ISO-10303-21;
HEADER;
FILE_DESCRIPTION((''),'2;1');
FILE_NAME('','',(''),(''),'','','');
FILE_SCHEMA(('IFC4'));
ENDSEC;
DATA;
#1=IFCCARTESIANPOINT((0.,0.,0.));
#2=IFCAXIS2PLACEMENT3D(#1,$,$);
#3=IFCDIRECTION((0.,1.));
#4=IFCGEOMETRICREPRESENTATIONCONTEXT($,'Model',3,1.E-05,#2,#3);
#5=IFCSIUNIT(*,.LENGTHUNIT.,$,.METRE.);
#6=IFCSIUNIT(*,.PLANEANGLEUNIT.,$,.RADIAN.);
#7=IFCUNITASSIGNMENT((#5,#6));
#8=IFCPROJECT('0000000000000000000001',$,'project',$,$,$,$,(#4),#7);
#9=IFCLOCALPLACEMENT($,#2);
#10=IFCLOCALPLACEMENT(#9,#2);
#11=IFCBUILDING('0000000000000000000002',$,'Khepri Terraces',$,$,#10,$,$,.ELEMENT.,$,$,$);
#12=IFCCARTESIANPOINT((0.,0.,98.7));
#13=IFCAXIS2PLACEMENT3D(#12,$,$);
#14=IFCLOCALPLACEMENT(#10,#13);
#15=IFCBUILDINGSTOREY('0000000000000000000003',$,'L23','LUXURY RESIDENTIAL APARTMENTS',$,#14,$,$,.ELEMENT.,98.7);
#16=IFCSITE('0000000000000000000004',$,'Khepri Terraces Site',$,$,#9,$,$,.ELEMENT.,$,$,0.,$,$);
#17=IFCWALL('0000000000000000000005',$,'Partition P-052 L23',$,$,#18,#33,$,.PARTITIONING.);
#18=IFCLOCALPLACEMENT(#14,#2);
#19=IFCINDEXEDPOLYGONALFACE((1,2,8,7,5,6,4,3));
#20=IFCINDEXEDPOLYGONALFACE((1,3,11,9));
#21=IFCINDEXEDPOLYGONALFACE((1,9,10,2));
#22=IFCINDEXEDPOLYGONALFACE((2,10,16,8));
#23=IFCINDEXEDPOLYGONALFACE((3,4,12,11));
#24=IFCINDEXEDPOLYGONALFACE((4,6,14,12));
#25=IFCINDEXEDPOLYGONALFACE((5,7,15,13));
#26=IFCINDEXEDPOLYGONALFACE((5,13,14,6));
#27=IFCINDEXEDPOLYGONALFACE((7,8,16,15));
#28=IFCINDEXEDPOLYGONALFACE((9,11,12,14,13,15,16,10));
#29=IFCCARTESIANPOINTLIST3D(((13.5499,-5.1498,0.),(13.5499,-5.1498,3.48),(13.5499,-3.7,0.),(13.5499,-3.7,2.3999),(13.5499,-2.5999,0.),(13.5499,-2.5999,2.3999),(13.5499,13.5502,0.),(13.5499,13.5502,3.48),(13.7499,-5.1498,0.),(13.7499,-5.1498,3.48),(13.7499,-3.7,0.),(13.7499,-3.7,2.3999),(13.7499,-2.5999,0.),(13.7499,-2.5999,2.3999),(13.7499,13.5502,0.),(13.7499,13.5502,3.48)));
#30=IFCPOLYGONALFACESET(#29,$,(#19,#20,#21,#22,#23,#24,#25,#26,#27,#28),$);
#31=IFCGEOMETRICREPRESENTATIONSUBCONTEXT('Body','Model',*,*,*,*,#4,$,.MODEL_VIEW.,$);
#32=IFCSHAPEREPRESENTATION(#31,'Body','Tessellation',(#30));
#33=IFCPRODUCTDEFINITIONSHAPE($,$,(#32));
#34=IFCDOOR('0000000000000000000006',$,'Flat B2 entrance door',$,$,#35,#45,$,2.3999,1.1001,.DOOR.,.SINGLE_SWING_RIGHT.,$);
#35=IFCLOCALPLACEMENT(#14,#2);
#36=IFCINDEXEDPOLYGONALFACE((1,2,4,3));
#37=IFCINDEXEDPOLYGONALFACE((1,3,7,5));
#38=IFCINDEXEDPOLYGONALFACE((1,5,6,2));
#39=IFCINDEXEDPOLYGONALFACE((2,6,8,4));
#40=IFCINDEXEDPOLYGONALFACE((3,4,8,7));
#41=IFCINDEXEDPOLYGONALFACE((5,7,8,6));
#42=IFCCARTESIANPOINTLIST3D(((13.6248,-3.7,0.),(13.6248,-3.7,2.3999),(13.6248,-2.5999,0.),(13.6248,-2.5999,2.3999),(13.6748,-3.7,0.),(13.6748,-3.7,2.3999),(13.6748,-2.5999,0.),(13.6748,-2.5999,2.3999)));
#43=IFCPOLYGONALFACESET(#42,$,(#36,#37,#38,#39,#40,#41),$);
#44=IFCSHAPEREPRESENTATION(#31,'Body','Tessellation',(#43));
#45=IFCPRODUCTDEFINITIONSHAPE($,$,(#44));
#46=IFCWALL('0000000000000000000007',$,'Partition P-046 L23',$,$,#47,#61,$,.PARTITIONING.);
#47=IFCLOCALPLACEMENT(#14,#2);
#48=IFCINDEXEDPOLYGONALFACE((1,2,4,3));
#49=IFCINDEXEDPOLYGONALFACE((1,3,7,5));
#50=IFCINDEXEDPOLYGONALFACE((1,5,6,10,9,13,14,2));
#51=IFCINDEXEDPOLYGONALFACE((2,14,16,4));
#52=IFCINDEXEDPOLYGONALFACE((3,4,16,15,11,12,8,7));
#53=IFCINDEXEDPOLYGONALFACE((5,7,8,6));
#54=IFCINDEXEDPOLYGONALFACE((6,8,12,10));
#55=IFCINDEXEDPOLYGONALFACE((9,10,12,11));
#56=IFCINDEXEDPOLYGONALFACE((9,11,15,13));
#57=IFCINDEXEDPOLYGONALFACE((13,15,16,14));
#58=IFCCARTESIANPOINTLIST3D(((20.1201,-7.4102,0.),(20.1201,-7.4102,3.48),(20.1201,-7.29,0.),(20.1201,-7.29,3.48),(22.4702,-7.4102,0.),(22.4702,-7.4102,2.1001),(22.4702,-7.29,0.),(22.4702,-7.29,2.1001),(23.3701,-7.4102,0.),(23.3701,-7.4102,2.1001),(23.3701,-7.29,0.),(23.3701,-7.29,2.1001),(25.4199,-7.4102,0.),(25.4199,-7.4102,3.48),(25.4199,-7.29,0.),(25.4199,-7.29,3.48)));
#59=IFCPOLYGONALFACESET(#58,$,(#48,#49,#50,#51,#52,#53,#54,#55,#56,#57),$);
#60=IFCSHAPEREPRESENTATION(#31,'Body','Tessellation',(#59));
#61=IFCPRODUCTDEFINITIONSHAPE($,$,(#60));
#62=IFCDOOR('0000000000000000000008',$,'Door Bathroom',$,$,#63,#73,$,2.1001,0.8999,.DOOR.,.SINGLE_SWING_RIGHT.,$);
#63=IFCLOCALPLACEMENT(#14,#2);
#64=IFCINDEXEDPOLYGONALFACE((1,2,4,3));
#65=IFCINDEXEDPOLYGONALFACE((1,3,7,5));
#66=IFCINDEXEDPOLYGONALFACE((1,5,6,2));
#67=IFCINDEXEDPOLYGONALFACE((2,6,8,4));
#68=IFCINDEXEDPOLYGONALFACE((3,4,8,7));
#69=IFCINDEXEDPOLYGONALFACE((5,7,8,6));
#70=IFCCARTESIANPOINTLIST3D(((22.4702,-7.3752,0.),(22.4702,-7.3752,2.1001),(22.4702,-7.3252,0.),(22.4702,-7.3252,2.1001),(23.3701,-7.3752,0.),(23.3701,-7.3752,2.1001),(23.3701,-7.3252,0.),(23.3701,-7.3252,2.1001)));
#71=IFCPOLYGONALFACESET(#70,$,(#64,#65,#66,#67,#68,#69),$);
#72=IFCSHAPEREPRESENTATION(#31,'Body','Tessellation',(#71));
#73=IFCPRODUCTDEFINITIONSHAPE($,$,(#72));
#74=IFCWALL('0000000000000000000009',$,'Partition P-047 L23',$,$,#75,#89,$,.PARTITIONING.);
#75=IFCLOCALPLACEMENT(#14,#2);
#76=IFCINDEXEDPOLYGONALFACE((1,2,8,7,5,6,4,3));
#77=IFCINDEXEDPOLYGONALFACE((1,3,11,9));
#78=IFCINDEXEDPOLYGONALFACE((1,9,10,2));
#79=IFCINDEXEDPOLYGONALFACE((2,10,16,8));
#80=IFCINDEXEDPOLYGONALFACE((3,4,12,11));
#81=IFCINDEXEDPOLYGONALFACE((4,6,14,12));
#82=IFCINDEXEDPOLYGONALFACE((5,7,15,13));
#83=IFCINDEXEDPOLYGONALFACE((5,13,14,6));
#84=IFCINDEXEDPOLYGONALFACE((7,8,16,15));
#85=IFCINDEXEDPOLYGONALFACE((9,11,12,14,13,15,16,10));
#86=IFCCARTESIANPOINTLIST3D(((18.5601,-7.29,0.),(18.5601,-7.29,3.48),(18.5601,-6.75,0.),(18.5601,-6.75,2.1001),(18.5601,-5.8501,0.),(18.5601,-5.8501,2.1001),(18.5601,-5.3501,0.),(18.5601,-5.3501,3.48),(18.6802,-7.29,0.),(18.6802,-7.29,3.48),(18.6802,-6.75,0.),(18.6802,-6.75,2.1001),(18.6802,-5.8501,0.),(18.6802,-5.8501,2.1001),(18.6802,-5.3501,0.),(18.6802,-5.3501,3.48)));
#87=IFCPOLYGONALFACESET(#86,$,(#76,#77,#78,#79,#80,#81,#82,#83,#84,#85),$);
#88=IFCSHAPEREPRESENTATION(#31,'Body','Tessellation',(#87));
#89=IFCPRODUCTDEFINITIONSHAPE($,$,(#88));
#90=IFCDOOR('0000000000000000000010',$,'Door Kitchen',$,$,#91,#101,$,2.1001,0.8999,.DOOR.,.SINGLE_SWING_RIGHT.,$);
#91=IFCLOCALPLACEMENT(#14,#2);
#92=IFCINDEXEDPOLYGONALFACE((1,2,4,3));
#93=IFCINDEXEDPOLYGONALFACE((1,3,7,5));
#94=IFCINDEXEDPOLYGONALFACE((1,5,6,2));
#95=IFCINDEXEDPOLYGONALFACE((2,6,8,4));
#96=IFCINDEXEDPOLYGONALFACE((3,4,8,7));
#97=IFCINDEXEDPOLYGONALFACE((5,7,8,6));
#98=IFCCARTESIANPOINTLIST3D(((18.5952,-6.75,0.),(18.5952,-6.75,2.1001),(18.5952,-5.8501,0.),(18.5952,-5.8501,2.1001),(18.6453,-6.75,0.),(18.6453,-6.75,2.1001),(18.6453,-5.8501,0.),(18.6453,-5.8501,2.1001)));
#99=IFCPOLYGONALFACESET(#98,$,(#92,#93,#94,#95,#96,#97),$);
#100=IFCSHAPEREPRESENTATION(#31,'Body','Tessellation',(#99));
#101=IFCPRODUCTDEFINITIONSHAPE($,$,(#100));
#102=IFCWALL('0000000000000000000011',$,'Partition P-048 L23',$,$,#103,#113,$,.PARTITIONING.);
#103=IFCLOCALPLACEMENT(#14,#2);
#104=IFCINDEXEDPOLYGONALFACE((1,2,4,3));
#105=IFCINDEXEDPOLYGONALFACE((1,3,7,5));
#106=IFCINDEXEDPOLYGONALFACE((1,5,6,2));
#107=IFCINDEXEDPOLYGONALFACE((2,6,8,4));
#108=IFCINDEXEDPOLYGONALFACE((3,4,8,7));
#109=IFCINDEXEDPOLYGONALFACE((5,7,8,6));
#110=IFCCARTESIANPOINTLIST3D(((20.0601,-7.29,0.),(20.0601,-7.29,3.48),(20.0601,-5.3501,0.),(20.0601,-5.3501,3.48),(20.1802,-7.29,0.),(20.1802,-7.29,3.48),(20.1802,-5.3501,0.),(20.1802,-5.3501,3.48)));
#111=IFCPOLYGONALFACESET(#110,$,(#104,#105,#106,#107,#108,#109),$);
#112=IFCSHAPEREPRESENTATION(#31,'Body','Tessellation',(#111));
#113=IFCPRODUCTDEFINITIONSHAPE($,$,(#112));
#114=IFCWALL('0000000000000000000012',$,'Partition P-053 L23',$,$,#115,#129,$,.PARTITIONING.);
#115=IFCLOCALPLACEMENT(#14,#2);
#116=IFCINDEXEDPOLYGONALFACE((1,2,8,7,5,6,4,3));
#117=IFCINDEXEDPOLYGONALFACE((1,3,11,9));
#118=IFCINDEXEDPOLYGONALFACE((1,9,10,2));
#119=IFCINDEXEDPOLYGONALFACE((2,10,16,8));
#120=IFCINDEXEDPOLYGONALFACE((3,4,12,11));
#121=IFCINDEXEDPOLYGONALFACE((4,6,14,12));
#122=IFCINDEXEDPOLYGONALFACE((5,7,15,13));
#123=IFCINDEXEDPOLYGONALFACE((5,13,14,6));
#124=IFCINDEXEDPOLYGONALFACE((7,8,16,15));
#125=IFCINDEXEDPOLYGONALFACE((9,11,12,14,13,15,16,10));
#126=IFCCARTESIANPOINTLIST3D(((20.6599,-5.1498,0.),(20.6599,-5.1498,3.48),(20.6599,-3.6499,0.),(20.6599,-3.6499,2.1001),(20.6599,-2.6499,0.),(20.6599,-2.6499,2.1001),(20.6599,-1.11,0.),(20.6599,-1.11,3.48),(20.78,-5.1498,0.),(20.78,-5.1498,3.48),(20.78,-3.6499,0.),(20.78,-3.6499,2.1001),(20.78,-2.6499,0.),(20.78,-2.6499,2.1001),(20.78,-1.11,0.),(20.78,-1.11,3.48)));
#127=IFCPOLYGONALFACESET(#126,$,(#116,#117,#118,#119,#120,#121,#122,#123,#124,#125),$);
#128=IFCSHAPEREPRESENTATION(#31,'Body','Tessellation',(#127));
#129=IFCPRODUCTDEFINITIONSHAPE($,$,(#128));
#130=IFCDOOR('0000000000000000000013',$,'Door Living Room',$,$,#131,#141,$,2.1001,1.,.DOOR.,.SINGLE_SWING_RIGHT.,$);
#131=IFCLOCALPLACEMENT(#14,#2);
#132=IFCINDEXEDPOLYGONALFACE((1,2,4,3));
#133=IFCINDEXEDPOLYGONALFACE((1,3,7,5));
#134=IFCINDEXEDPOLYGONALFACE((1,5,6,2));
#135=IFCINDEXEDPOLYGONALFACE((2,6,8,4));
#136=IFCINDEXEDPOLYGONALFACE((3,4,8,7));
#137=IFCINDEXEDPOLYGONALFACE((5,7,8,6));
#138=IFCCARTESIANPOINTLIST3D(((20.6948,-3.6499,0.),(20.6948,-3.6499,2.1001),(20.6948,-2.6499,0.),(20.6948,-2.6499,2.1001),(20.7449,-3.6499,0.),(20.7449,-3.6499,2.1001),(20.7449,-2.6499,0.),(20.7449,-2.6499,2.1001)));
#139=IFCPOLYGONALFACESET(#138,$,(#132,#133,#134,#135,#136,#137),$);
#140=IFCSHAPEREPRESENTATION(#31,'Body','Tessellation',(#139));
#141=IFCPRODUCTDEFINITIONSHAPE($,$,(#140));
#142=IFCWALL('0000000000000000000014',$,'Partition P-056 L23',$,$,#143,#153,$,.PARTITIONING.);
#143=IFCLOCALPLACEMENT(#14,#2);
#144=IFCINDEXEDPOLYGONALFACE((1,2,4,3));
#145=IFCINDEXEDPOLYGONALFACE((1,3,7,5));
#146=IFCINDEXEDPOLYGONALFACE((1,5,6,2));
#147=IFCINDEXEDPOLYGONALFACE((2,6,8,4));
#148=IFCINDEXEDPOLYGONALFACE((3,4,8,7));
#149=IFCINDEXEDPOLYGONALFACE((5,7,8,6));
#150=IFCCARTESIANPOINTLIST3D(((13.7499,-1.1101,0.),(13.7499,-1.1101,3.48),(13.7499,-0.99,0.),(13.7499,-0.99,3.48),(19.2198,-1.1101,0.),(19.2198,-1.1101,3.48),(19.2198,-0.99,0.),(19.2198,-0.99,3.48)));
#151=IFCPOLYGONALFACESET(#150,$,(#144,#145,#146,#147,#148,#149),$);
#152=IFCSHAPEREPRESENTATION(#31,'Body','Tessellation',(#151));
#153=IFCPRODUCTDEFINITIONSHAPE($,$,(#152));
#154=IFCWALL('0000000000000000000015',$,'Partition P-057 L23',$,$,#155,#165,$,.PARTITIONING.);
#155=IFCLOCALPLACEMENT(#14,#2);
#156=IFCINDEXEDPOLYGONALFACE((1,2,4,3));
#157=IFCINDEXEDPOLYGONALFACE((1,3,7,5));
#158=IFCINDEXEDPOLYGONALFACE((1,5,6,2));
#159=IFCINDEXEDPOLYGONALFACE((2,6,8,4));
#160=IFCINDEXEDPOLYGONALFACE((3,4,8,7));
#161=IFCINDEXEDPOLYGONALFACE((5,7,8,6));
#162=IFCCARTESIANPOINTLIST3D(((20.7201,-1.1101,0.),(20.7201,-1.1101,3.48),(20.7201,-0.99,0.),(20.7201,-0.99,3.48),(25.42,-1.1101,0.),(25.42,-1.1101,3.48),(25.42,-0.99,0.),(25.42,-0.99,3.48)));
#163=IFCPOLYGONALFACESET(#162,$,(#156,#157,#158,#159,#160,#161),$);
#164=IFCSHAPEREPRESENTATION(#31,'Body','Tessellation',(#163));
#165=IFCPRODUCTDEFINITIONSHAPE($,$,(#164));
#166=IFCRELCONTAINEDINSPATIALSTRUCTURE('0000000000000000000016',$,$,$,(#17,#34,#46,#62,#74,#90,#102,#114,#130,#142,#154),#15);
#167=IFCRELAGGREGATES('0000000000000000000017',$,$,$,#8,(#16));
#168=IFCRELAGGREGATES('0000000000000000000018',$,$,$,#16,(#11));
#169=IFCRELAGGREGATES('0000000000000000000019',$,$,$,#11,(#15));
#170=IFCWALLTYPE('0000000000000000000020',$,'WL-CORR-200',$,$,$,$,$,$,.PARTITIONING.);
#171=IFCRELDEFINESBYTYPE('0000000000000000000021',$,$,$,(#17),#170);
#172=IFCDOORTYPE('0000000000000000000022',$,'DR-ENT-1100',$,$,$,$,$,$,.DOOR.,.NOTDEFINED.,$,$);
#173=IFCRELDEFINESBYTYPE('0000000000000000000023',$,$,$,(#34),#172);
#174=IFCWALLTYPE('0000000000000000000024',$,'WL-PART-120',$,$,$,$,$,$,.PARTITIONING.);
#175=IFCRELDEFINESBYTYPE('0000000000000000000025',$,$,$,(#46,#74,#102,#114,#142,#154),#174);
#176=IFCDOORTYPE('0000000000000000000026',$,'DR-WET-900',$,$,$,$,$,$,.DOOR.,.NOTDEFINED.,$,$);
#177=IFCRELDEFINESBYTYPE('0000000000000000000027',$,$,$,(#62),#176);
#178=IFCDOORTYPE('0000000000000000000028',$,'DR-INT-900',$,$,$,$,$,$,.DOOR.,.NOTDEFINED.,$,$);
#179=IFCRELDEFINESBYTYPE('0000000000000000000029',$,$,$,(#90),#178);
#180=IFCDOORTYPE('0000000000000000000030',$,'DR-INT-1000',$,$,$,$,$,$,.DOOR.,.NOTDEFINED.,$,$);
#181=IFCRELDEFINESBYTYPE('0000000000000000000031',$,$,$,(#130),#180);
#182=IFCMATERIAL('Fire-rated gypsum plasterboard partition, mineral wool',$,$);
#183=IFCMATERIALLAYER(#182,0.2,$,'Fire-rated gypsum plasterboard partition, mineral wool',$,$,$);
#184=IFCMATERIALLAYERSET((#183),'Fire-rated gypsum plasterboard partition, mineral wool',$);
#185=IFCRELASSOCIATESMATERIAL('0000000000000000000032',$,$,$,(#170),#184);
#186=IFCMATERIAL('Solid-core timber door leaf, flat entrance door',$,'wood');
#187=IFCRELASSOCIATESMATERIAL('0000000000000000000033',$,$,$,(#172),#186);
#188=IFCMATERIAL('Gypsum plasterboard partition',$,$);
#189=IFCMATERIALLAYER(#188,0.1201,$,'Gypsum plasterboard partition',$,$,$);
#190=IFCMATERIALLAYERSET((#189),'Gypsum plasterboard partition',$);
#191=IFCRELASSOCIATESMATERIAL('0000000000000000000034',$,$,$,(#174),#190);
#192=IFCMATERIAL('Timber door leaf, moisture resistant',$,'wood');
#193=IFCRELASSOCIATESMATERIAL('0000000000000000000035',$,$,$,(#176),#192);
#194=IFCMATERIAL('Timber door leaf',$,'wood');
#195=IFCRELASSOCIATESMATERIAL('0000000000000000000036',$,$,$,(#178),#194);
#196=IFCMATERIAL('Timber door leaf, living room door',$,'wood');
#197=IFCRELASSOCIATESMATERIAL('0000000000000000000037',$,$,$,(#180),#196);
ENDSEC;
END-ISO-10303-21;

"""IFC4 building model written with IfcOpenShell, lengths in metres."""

from ifc_helpers import new_model, si_unit, direction, frame, frame_2d, origin, place, context, subcontext, project, spatial, rectangle, extrude, material, layer, layer_set, type_object, element, fill, save


model = new_model("IFC4")

# Units and contexts
model_context = context("Model", 3, precision=1e-05, world=origin(), true_north=direction((0.0, 1.0)))
body_context = subcontext(model_context, "Body", "Model", "MODEL_VIEW")
ifc_project = project(units=[si_unit("LENGTHUNIT", "METRE"), si_unit("PLANEANGLEUNIT", "RADIAN")], contexts=[model_context])

# Site, building, storey
site_placement = place(None, origin())
site = spatial("IfcSite", under=ifc_project, at=site_placement, Name="Khepri Terraces Site", CompositionType="ELEMENT", RefElevation=0.0)
building_placement = place(site_placement, origin())
building = spatial("IfcBuilding", under=site, at=building_placement, Name="Khepri Terraces", CompositionType="ELEMENT")
storey_placement = place(building_placement, frame((0.0, 0.0, 98.7)))
storey = spatial("IfcBuildingStorey", under=building, at=storey_placement, Name="L23", Description="LUXURY RESIDENTIAL APARTMENTS", CompositionType="ELEMENT", Elevation=98.7)

# Walls, openings, doors
ifc_material_1 = material(Name="Fire-rated gypsum plasterboard partition, mineral wool")
ifc_layer_1 = layer(ifc_material_1, 0.2, Name="Fire-rated gypsum plasterboard partition, mineral wool")
ifc_layer_set_1 = layer_set([ifc_layer_1], Name="Fire-rated gypsum plasterboard partition, mineral wool")
wall_type_1 = type_object("IfcWallType", Name="WL-CORR-200", PredefinedType="PARTITIONING", material=ifc_layer_set_1)
wall_1_placement = place(storey_placement, frame((13.6499, -5.1499, 0.0), z_axis=(0.0, 0.0, 1.0), x_axis=(0.0, 1.0, 0.0)))
wall_1 = element("IfcWall", 1, at=wall_1_placement, inside=storey, type_object=wall_type_1, Name="Partition P-052 L23", PredefinedType="PARTITIONING", context=body_context, shape_type="SweptSolid", body=[
    extrude(rectangle(XDim=18.7, YDim=0.2, at=frame_2d((9.3501, 0.0))), origin(), (0.0, 0.0, 1.0), 3.48),
])
opening_1_placement = place(wall_1_placement, frame((1.45, 0.0, 0.0)))
opening_1 = element("IfcOpeningElement", 2, at=opening_1_placement, cuts=wall_1, PredefinedType="OPENING", context=body_context, shape_type="SweptSolid", body=[
    extrude(rectangle(XDim=1.1001, YDim=2.3999, at=frame_2d((0.55, 1.2))), frame((0.0, 0.1099, 0.0), z_axis=(0.0, -1.0, 0.0), x_axis=(1.0, 0.0, 0.0)), (0.0, 0.0, 1.0), 0.22),
])
ifc_material_2 = material(Name="Solid-core timber door leaf, flat entrance door", Category="wood")
door_type_1 = type_object("IfcDoorType", Name="DR-ENT-1100", OperationType="NOTDEFINED", PredefinedType="DOOR", material=ifc_material_2)
door_1_placement = place(opening_1_placement, frame((1.1001, 0.0, 0.0), z_axis=(0.0, 0.0, 1.0), x_axis=(-1.0, 0.0, 0.0)))
door_1 = element("IfcDoor", 3, at=door_1_placement, inside=storey, type_object=door_type_1, Name="Flat B2 entrance door", OperationType="SINGLE_SWING_RIGHT", OverallHeight=2.3999, OverallWidth=1.1001, PredefinedType="DOOR", context=body_context, shape_type="SweptSolid", body=[
    extrude(rectangle(XDim=1.1001, YDim=2.3999, at=frame_2d((0.55, 1.2))), frame((0.0, 0.0249, 0.0), z_axis=(0.0, -1.0, 0.0), x_axis=(1.0, 0.0, 0.0)), (0.0, 0.0, 1.0), 0.05),
])
fill(opening_1, door_1)
ifc_material_3 = material(Name="Gypsum plasterboard partition")
ifc_layer_2 = layer(ifc_material_3, 0.1201, Name="Gypsum plasterboard partition")
ifc_layer_set_2 = layer_set([ifc_layer_2], Name="Gypsum plasterboard partition")
wall_type_2 = type_object("IfcWallType", Name="WL-PART-120", PredefinedType="PARTITIONING", material=ifc_layer_set_2)
wall_2_placement = place(storey_placement, frame((20.1201, -7.3501, 0.0), z_axis=(0.0, 0.0, 1.0), x_axis=(1.0, 0.0, 0.0)))
wall_2 = element("IfcWall", 4, at=wall_2_placement, inside=storey, type_object=wall_type_2, Name="Partition P-046 L23", PredefinedType="PARTITIONING", context=body_context, shape_type="SweptSolid", body=[
    extrude(rectangle(XDim=5.2998, YDim=0.1201, at=frame_2d((2.6499, 0.0))), origin(), (0.0, 0.0, 1.0), 3.48),
])
opening_2_placement = place(wall_2_placement, frame((2.3501, 0.0, 0.0)))
opening_2 = element("IfcOpeningElement", 5, at=opening_2_placement, cuts=wall_2, PredefinedType="OPENING", context=body_context, shape_type="SweptSolid", body=[
    extrude(rectangle(XDim=0.8999, YDim=2.1001, at=frame_2d((0.45, 1.05))), frame((0.0, 0.0701, 0.0), z_axis=(0.0, -1.0, 0.0), x_axis=(1.0, 0.0, 0.0)), (0.0, 0.0, 1.0), 0.1401),
])
ifc_material_4 = material(Name="Timber door leaf, moisture resistant", Category="wood")
door_type_2 = type_object("IfcDoorType", Name="DR-WET-900", OperationType="NOTDEFINED", PredefinedType="DOOR", material=ifc_material_4)
door_2_placement = place(opening_2_placement, origin())
door_2 = element("IfcDoor", 6, at=door_2_placement, inside=storey, type_object=door_type_2, Name="Door Bathroom", OperationType="SINGLE_SWING_RIGHT", OverallHeight=2.1001, OverallWidth=0.8999, PredefinedType="DOOR", context=body_context, shape_type="SweptSolid", body=[
    extrude(rectangle(XDim=0.8999, YDim=2.1001, at=frame_2d((0.45, 1.05))), frame((0.0, 0.0249, 0.0), z_axis=(0.0, -1.0, 0.0), x_axis=(1.0, 0.0, 0.0)), (0.0, 0.0, 1.0), 0.05),
])
fill(opening_2, door_2)
wall_3_placement = place(storey_placement, frame((18.6201, -7.29, 0.0), z_axis=(0.0, 0.0, 1.0), x_axis=(0.0, 1.0, 0.0)))
wall_3 = element("IfcWall", 7, at=wall_3_placement, inside=storey, type_object=wall_type_2, Name="Partition P-047 L23", PredefinedType="PARTITIONING", context=body_context, shape_type="SweptSolid", body=[
    extrude(rectangle(XDim=1.9399, YDim=0.1201, at=frame_2d((0.97, 0.0))), origin(), (0.0, 0.0, 1.0), 3.48),
])
opening_3_placement = place(wall_3_placement, frame((0.54, 0.0, 0.0)))
opening_3 = element("IfcOpeningElement", 8, at=opening_3_placement, cuts=wall_3, PredefinedType="OPENING", context=body_context, shape_type="SweptSolid", body=[
    extrude(rectangle(XDim=0.8999, YDim=2.1001, at=frame_2d((0.45, 1.05))), frame((0.0, 0.0701, 0.0), z_axis=(0.0, -1.0, 0.0), x_axis=(1.0, 0.0, 0.0)), (0.0, 0.0, 1.0), 0.1401),
])
ifc_material_5 = material(Name="Timber door leaf", Category="wood")
door_type_3 = type_object("IfcDoorType", Name="DR-INT-900", OperationType="NOTDEFINED", PredefinedType="DOOR", material=ifc_material_5)
door_3_placement = place(opening_3_placement, origin())
door_3 = element("IfcDoor", 9, at=door_3_placement, inside=storey, type_object=door_type_3, Name="Door Kitchen", OperationType="SINGLE_SWING_RIGHT", OverallHeight=2.1001, OverallWidth=0.8999, PredefinedType="DOOR", context=body_context, shape_type="SweptSolid", body=[
    extrude(rectangle(XDim=0.8999, YDim=2.1001, at=frame_2d((0.45, 1.05))), frame((0.0, 0.0249, 0.0), z_axis=(0.0, -1.0, 0.0), x_axis=(1.0, 0.0, 0.0)), (0.0, 0.0, 1.0), 0.05),
])
fill(opening_3, door_3)

# Wall
wall_4_placement = place(storey_placement, frame((20.1201, -7.29, 0.0), z_axis=(0.0, 0.0, 1.0), x_axis=(0.0, 1.0, 0.0)))
element("IfcWall", 10, at=wall_4_placement, inside=storey, type_object=wall_type_2, Name="Partition P-048 L23", PredefinedType="PARTITIONING", context=body_context, shape_type="SweptSolid", body=[
    extrude(rectangle(XDim=1.9399, YDim=0.1201, at=frame_2d((0.97, 0.0))), origin(), (0.0, 0.0, 1.0), 3.48),
])

# Wall, opening, door
wall_5_placement = place(storey_placement, frame((20.72, -5.1499, 0.0), z_axis=(0.0, 0.0, 1.0), x_axis=(0.0, 1.0, 0.0)))
wall_5 = element("IfcWall", 11, at=wall_5_placement, inside=storey, type_object=wall_type_2, Name="Partition P-053 L23", PredefinedType="PARTITIONING", context=body_context, shape_type="SweptSolid", body=[
    extrude(rectangle(XDim=4.0398, YDim=0.1201, at=frame_2d((2.02, 0.0))), origin(), (0.0, 0.0, 1.0), 3.48),
])
opening_4_placement = place(wall_5_placement, frame((1.5, 0.0, 0.0)))
opening_4 = element("IfcOpeningElement", 12, at=opening_4_placement, cuts=wall_5, PredefinedType="OPENING", context=body_context, shape_type="SweptSolid", body=[
    extrude(rectangle(XDim=1.0, YDim=2.1001, at=frame_2d((0.5, 1.05))), frame((0.0, 0.0701, 0.0), z_axis=(0.0, -1.0, 0.0), x_axis=(1.0, 0.0, 0.0)), (0.0, 0.0, 1.0), 0.1401),
])
ifc_material_6 = material(Name="Timber door leaf, living room door", Category="wood")
door_type_4 = type_object("IfcDoorType", Name="DR-INT-1000", OperationType="NOTDEFINED", PredefinedType="DOOR", material=ifc_material_6)
door_4_placement = place(opening_4_placement, frame((1.0, 0.0, 0.0), z_axis=(0.0, 0.0, 1.0), x_axis=(-1.0, 0.0, 0.0)))
door_4 = element("IfcDoor", 13, at=door_4_placement, inside=storey, type_object=door_type_4, Name="Door Living Room", OperationType="SINGLE_SWING_RIGHT", OverallHeight=2.1001, OverallWidth=1.0, PredefinedType="DOOR", context=body_context, shape_type="SweptSolid", body=[
    extrude(rectangle(XDim=1.0, YDim=2.1001, at=frame_2d((0.5, 1.05))), frame((0.0, 0.0249, 0.0), z_axis=(0.0, -1.0, 0.0), x_axis=(1.0, 0.0, 0.0)), (0.0, 0.0, 1.0), 0.05),
])
fill(opening_4, door_4)

# Walls
wall_6_placement = place(storey_placement, frame((13.75, -1.05, 0.0), z_axis=(0.0, 0.0, 1.0), x_axis=(1.0, 0.0, 0.0)))
element("IfcWall", 14, at=wall_6_placement, inside=storey, type_object=wall_type_2, Name="Partition P-056 L23", PredefinedType="PARTITIONING", context=body_context, shape_type="SweptSolid", body=[
    extrude(rectangle(XDim=5.47, YDim=0.1201, at=frame_2d((2.7349, 0.0))), origin(), (0.0, 0.0, 1.0), 3.48),
])
wall_7_placement = place(storey_placement, frame((20.72, -1.05, 0.0), z_axis=(0.0, 0.0, 1.0), x_axis=(1.0, 0.0, 0.0)))
element("IfcWall", 15, at=wall_7_placement, inside=storey, type_object=wall_type_2, Name="Partition P-057 L23", PredefinedType="PARTITIONING", context=body_context, shape_type="SweptSolid", body=[
    extrude(rectangle(XDim=4.7, YDim=0.1201, at=frame_2d((2.3501, 0.0))), origin(), (0.0, 0.0, 1.0), 3.48),
])

save(model, "model.ifc")
